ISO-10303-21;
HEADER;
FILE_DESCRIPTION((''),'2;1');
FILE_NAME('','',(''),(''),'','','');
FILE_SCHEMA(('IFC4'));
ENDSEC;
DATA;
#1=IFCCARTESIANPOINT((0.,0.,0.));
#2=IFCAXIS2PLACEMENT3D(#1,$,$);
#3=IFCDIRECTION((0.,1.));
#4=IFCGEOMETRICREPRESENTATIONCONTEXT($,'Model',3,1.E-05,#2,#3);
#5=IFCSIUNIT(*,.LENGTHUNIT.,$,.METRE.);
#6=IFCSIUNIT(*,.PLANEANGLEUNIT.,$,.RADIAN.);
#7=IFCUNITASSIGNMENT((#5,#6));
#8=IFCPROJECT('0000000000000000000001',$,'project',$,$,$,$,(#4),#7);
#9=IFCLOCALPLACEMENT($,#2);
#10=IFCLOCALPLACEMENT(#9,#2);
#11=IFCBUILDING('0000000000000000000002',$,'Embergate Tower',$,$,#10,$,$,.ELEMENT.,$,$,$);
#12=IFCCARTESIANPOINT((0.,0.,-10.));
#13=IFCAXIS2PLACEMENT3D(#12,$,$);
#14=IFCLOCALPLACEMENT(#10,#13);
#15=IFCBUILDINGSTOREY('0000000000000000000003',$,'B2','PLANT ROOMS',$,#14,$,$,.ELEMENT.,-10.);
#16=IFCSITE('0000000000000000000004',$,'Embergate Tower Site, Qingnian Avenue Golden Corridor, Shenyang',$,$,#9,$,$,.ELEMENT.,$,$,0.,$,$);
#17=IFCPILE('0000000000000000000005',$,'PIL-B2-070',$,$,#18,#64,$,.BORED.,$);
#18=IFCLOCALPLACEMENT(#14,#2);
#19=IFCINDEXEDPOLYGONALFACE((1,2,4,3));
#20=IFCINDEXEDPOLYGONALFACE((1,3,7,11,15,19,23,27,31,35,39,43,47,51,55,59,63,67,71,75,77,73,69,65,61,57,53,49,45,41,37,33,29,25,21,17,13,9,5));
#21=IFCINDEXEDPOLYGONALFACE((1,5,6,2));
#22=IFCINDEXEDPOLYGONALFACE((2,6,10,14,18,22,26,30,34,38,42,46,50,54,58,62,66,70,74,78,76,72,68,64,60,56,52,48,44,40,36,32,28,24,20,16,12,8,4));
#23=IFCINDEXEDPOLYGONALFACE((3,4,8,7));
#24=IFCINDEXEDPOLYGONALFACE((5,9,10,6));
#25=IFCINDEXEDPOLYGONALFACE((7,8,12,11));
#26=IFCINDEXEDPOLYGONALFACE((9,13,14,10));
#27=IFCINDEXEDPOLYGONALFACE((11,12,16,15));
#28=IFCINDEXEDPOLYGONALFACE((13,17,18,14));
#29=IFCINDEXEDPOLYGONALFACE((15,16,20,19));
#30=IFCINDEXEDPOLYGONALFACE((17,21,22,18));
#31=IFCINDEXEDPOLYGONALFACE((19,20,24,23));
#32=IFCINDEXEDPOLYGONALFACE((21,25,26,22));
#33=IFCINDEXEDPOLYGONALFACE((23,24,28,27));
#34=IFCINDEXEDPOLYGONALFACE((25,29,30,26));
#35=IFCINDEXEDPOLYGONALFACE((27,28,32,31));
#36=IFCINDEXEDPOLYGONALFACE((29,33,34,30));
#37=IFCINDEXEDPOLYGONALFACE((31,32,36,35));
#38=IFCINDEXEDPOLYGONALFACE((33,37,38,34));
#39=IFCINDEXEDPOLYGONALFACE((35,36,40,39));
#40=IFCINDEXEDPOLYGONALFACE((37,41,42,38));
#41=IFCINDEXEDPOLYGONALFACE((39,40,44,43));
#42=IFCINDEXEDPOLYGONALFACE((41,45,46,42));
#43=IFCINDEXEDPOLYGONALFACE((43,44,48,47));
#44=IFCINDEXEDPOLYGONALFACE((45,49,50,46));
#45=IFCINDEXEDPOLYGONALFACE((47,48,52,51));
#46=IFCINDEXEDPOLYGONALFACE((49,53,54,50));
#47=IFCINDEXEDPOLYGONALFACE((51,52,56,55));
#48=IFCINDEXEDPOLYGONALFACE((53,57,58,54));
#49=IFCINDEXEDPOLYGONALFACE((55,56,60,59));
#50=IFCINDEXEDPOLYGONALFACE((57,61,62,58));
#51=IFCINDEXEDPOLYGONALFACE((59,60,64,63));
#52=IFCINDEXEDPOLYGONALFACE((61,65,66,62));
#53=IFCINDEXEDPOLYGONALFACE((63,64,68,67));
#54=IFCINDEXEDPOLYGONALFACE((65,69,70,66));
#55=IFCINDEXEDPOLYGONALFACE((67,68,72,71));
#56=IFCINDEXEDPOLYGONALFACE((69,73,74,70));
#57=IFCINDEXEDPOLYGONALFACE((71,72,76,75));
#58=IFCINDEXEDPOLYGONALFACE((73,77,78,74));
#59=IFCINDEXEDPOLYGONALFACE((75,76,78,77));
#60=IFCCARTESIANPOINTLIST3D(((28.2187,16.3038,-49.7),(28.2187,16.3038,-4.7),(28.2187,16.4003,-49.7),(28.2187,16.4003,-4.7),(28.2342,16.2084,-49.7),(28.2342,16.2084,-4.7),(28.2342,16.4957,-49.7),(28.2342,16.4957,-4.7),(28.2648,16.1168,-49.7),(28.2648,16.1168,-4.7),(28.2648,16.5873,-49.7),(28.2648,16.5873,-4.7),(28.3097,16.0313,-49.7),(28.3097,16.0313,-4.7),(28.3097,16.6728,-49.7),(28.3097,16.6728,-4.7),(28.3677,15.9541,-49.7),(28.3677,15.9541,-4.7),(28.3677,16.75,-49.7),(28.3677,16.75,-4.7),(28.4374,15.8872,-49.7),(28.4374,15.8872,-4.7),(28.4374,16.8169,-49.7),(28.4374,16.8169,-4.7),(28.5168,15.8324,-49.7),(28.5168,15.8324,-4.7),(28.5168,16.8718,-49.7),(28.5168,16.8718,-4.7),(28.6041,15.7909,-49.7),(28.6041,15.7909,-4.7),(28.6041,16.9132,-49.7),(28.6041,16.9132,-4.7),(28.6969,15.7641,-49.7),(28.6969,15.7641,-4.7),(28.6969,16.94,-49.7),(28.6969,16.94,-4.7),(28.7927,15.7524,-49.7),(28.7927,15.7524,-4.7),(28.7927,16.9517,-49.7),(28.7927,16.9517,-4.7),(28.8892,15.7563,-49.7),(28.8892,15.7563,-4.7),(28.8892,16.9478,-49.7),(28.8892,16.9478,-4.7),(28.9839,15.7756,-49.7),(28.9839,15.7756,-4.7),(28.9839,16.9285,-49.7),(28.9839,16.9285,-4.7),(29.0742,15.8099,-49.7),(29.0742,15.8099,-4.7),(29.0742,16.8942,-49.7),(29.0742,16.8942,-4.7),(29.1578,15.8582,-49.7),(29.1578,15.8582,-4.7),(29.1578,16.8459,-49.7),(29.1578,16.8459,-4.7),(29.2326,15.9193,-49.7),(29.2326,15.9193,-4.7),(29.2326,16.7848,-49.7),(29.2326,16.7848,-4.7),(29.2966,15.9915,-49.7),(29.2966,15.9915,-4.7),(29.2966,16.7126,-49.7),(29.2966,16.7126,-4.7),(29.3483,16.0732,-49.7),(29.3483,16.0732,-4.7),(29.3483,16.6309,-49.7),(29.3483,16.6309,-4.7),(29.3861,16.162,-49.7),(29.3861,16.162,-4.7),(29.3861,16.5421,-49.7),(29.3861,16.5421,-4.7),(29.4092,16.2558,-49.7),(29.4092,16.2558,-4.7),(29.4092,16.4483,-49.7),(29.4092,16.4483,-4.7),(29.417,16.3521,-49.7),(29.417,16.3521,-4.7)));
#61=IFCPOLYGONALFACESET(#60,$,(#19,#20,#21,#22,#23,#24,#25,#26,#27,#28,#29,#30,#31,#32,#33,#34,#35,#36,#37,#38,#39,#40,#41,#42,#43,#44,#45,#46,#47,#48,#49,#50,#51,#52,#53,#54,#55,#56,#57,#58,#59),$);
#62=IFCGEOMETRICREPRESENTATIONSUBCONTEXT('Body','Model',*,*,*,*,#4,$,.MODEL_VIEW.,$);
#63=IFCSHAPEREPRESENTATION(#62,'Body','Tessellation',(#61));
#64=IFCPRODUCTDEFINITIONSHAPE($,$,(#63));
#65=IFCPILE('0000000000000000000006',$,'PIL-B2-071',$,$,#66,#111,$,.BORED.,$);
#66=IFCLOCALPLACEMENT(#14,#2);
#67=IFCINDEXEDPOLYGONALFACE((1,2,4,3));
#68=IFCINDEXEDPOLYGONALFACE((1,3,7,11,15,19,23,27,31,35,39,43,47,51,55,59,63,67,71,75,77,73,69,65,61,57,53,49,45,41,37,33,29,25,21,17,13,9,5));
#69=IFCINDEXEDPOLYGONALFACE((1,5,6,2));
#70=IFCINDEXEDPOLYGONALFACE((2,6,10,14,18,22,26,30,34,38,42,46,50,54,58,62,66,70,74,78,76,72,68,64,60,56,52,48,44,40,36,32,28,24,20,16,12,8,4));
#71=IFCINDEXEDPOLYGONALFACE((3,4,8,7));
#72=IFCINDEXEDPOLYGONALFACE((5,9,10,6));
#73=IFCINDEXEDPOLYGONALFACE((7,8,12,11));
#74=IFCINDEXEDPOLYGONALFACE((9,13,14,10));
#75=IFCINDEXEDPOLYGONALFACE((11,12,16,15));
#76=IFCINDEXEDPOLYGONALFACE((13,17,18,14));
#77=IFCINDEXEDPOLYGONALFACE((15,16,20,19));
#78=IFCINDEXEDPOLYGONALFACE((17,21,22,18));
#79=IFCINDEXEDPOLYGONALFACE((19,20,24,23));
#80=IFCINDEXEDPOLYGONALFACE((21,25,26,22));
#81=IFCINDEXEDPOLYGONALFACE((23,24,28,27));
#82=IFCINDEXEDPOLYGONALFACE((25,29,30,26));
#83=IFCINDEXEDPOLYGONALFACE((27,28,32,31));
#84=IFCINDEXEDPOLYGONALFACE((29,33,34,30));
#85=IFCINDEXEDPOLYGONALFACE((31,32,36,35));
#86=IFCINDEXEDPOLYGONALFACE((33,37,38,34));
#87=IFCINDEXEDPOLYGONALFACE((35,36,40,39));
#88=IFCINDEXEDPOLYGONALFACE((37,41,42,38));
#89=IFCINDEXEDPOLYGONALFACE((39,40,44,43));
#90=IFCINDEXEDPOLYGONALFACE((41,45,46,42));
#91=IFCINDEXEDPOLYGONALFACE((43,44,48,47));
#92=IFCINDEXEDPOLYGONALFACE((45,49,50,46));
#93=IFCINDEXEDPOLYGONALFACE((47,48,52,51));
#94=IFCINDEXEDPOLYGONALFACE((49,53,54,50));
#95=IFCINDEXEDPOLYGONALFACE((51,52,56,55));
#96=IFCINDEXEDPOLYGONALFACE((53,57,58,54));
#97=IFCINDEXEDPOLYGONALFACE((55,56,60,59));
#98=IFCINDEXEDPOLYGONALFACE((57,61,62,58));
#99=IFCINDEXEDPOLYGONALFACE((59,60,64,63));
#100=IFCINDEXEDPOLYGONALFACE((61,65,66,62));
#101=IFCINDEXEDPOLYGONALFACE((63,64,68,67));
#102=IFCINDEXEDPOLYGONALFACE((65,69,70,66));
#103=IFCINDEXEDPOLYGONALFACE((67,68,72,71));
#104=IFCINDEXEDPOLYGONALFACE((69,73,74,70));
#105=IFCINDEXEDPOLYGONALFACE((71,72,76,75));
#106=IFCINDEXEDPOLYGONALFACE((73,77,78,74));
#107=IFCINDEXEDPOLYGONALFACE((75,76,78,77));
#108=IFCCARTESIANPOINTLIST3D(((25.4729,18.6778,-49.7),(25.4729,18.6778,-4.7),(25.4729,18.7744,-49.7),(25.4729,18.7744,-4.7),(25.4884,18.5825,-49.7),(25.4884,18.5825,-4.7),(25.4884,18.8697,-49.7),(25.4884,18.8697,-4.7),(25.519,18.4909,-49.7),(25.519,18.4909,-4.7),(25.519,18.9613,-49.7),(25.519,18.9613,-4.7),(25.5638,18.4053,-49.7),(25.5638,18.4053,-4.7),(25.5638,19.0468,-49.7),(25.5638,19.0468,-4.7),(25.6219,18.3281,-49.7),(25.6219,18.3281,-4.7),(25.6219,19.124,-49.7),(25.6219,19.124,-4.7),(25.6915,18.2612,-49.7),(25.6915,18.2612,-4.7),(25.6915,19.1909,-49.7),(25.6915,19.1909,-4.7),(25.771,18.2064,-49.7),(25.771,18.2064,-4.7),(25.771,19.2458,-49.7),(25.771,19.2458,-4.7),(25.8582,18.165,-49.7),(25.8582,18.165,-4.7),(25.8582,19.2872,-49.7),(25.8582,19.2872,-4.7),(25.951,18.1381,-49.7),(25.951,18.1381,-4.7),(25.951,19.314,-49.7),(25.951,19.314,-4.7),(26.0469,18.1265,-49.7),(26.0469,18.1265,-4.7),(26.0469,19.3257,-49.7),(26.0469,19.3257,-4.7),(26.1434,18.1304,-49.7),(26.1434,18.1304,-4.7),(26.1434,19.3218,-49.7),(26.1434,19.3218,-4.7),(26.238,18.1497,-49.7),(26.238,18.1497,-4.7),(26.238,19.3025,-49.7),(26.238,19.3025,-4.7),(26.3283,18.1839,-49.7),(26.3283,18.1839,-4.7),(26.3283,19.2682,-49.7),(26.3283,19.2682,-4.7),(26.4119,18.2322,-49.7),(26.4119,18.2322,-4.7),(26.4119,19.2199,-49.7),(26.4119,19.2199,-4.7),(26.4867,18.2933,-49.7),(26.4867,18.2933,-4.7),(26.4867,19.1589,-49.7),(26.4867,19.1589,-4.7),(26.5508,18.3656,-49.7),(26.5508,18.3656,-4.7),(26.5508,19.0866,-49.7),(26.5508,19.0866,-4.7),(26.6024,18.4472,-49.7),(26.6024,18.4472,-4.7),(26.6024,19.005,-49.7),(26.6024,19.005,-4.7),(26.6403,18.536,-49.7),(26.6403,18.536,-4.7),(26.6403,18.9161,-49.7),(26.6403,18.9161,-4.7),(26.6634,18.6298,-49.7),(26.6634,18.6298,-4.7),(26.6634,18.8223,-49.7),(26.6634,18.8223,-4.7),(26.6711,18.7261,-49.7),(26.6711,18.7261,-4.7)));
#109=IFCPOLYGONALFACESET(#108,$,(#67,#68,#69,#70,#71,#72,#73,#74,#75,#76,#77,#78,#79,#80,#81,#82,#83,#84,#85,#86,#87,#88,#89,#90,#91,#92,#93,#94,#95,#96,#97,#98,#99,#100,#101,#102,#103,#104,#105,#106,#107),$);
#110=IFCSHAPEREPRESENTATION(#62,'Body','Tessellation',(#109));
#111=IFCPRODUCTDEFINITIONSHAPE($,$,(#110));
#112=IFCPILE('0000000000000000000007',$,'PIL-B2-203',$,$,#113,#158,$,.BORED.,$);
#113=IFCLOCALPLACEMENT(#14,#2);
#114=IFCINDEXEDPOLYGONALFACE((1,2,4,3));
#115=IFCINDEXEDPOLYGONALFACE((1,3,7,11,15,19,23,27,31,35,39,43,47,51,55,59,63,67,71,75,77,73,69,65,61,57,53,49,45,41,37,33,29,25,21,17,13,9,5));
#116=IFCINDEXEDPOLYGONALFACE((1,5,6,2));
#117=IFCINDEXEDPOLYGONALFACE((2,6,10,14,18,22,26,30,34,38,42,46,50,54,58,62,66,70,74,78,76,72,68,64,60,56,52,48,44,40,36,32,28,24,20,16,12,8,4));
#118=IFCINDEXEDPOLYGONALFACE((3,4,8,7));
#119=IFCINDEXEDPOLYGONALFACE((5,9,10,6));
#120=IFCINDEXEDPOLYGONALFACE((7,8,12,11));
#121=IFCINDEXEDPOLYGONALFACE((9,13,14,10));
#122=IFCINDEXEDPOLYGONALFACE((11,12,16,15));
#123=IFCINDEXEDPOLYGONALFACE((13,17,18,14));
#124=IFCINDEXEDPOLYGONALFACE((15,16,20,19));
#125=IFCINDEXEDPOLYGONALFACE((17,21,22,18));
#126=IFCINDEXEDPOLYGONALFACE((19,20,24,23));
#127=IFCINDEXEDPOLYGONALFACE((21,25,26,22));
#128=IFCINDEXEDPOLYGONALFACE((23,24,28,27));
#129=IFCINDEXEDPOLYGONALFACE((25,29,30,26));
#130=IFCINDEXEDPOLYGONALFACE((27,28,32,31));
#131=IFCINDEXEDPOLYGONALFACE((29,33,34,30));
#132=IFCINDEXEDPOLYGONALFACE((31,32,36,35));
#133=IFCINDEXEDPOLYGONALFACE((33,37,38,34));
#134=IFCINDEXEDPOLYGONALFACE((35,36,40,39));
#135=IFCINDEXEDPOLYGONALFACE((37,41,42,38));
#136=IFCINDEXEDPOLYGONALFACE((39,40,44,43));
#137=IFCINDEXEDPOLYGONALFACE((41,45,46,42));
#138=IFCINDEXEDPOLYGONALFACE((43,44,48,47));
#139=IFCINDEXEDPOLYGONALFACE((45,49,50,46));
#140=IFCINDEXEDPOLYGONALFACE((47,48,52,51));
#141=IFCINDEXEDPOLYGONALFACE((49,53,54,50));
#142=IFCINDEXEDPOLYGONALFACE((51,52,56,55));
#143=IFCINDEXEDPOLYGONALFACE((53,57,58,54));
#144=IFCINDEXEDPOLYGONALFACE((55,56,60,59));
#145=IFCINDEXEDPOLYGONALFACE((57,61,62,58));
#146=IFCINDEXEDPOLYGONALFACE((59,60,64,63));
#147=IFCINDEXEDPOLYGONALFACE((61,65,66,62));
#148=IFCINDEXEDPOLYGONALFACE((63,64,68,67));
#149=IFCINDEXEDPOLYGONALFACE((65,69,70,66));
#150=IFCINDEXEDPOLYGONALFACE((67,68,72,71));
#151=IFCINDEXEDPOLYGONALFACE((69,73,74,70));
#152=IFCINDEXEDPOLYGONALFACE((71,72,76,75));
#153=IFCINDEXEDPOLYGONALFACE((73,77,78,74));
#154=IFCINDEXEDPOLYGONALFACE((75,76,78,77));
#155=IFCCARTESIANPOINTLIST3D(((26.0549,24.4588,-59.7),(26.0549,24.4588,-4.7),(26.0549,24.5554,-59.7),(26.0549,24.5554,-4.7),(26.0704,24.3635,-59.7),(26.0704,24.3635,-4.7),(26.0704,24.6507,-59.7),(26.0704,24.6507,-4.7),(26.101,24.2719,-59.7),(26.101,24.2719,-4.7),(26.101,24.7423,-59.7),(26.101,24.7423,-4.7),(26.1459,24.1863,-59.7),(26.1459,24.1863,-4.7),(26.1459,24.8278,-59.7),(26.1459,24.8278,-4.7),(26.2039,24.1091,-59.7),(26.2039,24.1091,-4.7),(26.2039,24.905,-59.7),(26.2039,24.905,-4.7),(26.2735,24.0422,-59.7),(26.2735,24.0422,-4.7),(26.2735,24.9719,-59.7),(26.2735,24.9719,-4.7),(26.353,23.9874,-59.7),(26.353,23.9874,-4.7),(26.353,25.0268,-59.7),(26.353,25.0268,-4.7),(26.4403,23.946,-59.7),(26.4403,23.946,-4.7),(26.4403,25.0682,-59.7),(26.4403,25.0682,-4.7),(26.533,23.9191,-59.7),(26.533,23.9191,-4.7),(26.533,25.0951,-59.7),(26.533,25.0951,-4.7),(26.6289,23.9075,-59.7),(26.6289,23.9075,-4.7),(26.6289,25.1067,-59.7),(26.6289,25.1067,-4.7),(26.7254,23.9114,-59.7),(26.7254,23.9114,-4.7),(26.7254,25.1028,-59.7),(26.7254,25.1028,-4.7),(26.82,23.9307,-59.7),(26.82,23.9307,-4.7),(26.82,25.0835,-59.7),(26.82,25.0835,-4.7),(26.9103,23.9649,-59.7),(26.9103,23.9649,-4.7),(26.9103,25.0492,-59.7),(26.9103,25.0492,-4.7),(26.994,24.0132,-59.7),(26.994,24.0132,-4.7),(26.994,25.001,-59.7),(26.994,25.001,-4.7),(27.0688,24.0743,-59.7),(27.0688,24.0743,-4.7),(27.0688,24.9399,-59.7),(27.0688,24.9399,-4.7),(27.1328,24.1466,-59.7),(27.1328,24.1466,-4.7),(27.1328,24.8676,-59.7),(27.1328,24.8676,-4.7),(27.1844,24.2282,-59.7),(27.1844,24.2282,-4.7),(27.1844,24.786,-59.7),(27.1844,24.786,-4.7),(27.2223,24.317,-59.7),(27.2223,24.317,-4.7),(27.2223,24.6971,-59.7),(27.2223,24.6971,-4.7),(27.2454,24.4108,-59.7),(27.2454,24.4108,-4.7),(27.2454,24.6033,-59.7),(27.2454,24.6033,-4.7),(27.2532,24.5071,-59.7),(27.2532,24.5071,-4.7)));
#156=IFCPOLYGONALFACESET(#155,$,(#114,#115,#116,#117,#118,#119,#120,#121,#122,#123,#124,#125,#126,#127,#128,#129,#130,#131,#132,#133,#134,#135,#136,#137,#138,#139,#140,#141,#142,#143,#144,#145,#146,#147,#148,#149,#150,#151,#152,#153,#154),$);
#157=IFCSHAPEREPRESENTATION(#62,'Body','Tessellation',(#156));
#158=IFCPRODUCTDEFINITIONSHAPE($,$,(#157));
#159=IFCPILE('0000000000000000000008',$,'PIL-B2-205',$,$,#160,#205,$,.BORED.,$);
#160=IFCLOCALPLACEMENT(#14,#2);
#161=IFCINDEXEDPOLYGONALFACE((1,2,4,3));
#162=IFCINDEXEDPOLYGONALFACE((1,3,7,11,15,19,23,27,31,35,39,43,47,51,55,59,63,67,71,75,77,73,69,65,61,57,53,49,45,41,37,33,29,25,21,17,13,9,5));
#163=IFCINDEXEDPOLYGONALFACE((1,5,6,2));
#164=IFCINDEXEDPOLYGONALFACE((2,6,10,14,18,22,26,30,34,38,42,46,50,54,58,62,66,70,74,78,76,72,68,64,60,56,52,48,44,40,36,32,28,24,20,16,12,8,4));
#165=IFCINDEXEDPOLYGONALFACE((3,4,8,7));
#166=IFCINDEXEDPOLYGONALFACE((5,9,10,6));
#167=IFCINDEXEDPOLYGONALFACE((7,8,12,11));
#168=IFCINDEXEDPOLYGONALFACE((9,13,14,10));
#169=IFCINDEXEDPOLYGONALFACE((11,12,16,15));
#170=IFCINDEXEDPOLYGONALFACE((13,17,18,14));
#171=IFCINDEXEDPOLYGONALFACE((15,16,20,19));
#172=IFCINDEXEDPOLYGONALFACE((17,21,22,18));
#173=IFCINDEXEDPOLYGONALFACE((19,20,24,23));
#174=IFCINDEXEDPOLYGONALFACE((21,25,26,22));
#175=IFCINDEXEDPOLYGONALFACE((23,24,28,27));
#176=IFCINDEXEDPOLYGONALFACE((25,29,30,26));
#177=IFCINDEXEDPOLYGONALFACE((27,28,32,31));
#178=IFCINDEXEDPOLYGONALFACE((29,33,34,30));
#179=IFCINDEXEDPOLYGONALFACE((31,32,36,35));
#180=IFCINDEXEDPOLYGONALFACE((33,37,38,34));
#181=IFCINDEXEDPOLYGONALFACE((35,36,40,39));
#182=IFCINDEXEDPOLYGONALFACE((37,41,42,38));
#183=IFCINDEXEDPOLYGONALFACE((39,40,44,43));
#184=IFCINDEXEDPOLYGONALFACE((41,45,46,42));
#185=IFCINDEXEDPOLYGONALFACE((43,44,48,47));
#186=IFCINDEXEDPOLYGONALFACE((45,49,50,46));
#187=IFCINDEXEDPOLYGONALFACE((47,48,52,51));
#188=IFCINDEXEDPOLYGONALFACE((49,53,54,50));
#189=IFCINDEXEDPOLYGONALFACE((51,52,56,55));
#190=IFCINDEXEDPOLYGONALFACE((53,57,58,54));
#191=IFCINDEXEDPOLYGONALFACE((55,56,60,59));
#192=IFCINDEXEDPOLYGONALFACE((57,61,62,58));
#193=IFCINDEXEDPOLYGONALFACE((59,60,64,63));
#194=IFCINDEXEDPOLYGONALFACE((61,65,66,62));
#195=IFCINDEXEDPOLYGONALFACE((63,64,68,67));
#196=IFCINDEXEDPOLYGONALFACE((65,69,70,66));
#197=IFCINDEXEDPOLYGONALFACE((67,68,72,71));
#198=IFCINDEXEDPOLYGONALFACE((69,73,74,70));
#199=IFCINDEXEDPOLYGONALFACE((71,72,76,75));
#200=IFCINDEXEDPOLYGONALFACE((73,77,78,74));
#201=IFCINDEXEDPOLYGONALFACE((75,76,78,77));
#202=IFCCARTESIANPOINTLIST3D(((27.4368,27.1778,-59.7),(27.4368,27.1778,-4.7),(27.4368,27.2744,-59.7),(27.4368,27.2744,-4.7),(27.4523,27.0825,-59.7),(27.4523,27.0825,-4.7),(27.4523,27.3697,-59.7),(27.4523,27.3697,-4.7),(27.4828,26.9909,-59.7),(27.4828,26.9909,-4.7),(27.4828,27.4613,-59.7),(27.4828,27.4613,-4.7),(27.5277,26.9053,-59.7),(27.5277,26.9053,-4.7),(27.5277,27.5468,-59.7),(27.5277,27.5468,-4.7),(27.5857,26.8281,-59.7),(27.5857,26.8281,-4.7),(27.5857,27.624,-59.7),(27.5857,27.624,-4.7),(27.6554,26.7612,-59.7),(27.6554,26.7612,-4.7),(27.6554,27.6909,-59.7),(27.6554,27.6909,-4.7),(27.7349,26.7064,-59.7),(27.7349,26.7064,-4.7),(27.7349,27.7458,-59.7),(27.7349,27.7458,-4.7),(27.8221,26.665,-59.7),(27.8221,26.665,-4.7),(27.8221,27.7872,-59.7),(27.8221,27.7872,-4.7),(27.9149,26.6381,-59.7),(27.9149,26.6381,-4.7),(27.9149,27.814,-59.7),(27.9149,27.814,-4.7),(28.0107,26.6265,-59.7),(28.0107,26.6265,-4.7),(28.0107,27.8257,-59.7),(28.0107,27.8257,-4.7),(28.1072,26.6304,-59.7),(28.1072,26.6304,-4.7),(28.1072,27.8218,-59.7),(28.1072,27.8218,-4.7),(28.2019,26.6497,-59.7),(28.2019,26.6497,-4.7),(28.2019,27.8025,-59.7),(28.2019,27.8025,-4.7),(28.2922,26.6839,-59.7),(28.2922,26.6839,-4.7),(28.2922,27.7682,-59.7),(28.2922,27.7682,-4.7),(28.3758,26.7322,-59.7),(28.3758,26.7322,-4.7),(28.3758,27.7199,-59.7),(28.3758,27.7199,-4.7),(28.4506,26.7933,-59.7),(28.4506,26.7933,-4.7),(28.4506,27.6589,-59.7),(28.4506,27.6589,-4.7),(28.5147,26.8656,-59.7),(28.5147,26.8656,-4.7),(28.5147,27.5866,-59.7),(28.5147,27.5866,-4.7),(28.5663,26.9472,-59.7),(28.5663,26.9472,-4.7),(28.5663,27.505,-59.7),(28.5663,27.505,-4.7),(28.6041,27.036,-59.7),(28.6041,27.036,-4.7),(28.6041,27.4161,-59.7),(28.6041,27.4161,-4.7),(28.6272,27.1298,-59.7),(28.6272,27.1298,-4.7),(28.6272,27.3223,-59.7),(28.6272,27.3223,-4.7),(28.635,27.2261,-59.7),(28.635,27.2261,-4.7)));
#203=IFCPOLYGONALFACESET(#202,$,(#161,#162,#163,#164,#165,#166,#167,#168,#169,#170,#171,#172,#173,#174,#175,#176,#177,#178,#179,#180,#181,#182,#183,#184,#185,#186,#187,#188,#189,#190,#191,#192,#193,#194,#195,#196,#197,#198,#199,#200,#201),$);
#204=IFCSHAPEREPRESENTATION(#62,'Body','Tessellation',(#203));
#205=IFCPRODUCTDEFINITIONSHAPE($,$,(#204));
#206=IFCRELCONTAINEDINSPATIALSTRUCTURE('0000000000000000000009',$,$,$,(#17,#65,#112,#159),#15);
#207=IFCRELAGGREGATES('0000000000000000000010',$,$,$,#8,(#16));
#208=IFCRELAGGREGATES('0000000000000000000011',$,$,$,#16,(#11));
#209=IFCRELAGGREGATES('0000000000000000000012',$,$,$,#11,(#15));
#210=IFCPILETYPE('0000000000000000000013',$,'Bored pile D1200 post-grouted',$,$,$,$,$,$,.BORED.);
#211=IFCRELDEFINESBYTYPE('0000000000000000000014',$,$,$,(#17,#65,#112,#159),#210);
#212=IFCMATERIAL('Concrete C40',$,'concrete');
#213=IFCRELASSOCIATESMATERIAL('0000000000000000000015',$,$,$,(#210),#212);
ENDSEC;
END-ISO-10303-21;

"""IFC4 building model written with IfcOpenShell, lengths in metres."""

from ifc_helpers import new_model, si_unit, direction, frame, origin, origin_2d, place, context, subcontext, project, spatial, circle, extrude, source, transform, mapped, material, material_profile, profile_set, type_object, element, save


model = new_model("IFC4")

# Units and contexts
model_context = context("Model", 3, precision=1e-05, world=origin(), true_north=direction((0.0, 1.0)))
body_context = subcontext(model_context, "Body", "Model", "MODEL_VIEW")
ifc_project = project(units=[si_unit("LENGTHUNIT", "METRE"), si_unit("PLANEANGLEUNIT", "RADIAN")], contexts=[model_context])

# Site, building, storey
site_placement = place(None, origin())
site = spatial("IfcSite", under=ifc_project, at=site_placement, Name="Embergate Tower Site, Qingnian Avenue Golden Corridor, Shenyang", CompositionType="ELEMENT", RefElevation=0.0)
building_placement = place(site_placement, origin())
building = spatial("IfcBuilding", under=site, at=building_placement, Name="Embergate Tower", CompositionType="ELEMENT")
storey_placement = place(building_placement, frame((0.0, 0.0, -10.0)))
storey = spatial("IfcBuildingStorey", under=building, at=storey_placement, Name="B2", Description="PLANT ROOMS", CompositionType="ELEMENT", Elevation=-10.0)

# Piles
ifc_material_1 = material(Name="Concrete C40", Category="concrete")
ifc_material_profile_1 = material_profile(ifc_material_1, circle(Radius=0.6001, at=origin_2d()), Name="D1200")
ifc_profile_set_1 = profile_set([ifc_material_profile_1], Name="Concrete C40")
pile_type = type_object("IfcPileType", Name="Bored pile D1200 post-grouted", PredefinedType="BORED", material=ifc_profile_set_1)
shared_shape_1 = source(origin(), body_context, "Body", "SweptSolid", [
    extrude(circle(Radius=0.6001, at=origin_2d()), origin(), (0.0, 0.0, 1.0), 45.0),
])
for number, where, z_axis, x_axis, name in (
    (1, (28.8169, 16.3521, -4.7), (0.0, 0.0, -1.0), (1.0, 0.0, 0.0), "PIL-B2-070"),
    (2, (26.071, 18.7261, -4.7), (0.0, 0.0, -1.0), (1.0, 0.0, 0.0), "PIL-B2-071"),
):
    element("IfcPile", number, at=place(storey_placement, frame(where, z_axis=z_axis, x_axis=x_axis)), inside=storey, type_object=pile_type, Name=name, PredefinedType="BORED", context=body_context, shape_type="MappedRepresentation", body=[
        mapped(shared_shape_1, transform((0.0, 0.0, 0.0))),
    ])
shared_shape_2 = source(origin(), body_context, "Body", "SweptSolid", [
    extrude(circle(Radius=0.6001, at=origin_2d()), origin(), (0.0, 0.0, 1.0), 55.0),
])
for number, where, z_axis, x_axis, name in (
    (3, (26.6531, 24.5071, -4.7), (0.0, 0.0, -1.0), (1.0, 0.0, 0.0), "PIL-B2-203"),
    (4, (28.0349, 27.2261, -4.7), (0.0, 0.0, -1.0), (1.0, 0.0, 0.0), "PIL-B2-205"),
):
    element("IfcPile", number, at=place(storey_placement, frame(where, z_axis=z_axis, x_axis=x_axis)), inside=storey, type_object=pile_type, Name=name, PredefinedType="BORED", context=body_context, shape_type="MappedRepresentation", body=[
        mapped(shared_shape_2, transform((0.0, 0.0, 0.0))),
    ])

save(model, "model.ifc")
